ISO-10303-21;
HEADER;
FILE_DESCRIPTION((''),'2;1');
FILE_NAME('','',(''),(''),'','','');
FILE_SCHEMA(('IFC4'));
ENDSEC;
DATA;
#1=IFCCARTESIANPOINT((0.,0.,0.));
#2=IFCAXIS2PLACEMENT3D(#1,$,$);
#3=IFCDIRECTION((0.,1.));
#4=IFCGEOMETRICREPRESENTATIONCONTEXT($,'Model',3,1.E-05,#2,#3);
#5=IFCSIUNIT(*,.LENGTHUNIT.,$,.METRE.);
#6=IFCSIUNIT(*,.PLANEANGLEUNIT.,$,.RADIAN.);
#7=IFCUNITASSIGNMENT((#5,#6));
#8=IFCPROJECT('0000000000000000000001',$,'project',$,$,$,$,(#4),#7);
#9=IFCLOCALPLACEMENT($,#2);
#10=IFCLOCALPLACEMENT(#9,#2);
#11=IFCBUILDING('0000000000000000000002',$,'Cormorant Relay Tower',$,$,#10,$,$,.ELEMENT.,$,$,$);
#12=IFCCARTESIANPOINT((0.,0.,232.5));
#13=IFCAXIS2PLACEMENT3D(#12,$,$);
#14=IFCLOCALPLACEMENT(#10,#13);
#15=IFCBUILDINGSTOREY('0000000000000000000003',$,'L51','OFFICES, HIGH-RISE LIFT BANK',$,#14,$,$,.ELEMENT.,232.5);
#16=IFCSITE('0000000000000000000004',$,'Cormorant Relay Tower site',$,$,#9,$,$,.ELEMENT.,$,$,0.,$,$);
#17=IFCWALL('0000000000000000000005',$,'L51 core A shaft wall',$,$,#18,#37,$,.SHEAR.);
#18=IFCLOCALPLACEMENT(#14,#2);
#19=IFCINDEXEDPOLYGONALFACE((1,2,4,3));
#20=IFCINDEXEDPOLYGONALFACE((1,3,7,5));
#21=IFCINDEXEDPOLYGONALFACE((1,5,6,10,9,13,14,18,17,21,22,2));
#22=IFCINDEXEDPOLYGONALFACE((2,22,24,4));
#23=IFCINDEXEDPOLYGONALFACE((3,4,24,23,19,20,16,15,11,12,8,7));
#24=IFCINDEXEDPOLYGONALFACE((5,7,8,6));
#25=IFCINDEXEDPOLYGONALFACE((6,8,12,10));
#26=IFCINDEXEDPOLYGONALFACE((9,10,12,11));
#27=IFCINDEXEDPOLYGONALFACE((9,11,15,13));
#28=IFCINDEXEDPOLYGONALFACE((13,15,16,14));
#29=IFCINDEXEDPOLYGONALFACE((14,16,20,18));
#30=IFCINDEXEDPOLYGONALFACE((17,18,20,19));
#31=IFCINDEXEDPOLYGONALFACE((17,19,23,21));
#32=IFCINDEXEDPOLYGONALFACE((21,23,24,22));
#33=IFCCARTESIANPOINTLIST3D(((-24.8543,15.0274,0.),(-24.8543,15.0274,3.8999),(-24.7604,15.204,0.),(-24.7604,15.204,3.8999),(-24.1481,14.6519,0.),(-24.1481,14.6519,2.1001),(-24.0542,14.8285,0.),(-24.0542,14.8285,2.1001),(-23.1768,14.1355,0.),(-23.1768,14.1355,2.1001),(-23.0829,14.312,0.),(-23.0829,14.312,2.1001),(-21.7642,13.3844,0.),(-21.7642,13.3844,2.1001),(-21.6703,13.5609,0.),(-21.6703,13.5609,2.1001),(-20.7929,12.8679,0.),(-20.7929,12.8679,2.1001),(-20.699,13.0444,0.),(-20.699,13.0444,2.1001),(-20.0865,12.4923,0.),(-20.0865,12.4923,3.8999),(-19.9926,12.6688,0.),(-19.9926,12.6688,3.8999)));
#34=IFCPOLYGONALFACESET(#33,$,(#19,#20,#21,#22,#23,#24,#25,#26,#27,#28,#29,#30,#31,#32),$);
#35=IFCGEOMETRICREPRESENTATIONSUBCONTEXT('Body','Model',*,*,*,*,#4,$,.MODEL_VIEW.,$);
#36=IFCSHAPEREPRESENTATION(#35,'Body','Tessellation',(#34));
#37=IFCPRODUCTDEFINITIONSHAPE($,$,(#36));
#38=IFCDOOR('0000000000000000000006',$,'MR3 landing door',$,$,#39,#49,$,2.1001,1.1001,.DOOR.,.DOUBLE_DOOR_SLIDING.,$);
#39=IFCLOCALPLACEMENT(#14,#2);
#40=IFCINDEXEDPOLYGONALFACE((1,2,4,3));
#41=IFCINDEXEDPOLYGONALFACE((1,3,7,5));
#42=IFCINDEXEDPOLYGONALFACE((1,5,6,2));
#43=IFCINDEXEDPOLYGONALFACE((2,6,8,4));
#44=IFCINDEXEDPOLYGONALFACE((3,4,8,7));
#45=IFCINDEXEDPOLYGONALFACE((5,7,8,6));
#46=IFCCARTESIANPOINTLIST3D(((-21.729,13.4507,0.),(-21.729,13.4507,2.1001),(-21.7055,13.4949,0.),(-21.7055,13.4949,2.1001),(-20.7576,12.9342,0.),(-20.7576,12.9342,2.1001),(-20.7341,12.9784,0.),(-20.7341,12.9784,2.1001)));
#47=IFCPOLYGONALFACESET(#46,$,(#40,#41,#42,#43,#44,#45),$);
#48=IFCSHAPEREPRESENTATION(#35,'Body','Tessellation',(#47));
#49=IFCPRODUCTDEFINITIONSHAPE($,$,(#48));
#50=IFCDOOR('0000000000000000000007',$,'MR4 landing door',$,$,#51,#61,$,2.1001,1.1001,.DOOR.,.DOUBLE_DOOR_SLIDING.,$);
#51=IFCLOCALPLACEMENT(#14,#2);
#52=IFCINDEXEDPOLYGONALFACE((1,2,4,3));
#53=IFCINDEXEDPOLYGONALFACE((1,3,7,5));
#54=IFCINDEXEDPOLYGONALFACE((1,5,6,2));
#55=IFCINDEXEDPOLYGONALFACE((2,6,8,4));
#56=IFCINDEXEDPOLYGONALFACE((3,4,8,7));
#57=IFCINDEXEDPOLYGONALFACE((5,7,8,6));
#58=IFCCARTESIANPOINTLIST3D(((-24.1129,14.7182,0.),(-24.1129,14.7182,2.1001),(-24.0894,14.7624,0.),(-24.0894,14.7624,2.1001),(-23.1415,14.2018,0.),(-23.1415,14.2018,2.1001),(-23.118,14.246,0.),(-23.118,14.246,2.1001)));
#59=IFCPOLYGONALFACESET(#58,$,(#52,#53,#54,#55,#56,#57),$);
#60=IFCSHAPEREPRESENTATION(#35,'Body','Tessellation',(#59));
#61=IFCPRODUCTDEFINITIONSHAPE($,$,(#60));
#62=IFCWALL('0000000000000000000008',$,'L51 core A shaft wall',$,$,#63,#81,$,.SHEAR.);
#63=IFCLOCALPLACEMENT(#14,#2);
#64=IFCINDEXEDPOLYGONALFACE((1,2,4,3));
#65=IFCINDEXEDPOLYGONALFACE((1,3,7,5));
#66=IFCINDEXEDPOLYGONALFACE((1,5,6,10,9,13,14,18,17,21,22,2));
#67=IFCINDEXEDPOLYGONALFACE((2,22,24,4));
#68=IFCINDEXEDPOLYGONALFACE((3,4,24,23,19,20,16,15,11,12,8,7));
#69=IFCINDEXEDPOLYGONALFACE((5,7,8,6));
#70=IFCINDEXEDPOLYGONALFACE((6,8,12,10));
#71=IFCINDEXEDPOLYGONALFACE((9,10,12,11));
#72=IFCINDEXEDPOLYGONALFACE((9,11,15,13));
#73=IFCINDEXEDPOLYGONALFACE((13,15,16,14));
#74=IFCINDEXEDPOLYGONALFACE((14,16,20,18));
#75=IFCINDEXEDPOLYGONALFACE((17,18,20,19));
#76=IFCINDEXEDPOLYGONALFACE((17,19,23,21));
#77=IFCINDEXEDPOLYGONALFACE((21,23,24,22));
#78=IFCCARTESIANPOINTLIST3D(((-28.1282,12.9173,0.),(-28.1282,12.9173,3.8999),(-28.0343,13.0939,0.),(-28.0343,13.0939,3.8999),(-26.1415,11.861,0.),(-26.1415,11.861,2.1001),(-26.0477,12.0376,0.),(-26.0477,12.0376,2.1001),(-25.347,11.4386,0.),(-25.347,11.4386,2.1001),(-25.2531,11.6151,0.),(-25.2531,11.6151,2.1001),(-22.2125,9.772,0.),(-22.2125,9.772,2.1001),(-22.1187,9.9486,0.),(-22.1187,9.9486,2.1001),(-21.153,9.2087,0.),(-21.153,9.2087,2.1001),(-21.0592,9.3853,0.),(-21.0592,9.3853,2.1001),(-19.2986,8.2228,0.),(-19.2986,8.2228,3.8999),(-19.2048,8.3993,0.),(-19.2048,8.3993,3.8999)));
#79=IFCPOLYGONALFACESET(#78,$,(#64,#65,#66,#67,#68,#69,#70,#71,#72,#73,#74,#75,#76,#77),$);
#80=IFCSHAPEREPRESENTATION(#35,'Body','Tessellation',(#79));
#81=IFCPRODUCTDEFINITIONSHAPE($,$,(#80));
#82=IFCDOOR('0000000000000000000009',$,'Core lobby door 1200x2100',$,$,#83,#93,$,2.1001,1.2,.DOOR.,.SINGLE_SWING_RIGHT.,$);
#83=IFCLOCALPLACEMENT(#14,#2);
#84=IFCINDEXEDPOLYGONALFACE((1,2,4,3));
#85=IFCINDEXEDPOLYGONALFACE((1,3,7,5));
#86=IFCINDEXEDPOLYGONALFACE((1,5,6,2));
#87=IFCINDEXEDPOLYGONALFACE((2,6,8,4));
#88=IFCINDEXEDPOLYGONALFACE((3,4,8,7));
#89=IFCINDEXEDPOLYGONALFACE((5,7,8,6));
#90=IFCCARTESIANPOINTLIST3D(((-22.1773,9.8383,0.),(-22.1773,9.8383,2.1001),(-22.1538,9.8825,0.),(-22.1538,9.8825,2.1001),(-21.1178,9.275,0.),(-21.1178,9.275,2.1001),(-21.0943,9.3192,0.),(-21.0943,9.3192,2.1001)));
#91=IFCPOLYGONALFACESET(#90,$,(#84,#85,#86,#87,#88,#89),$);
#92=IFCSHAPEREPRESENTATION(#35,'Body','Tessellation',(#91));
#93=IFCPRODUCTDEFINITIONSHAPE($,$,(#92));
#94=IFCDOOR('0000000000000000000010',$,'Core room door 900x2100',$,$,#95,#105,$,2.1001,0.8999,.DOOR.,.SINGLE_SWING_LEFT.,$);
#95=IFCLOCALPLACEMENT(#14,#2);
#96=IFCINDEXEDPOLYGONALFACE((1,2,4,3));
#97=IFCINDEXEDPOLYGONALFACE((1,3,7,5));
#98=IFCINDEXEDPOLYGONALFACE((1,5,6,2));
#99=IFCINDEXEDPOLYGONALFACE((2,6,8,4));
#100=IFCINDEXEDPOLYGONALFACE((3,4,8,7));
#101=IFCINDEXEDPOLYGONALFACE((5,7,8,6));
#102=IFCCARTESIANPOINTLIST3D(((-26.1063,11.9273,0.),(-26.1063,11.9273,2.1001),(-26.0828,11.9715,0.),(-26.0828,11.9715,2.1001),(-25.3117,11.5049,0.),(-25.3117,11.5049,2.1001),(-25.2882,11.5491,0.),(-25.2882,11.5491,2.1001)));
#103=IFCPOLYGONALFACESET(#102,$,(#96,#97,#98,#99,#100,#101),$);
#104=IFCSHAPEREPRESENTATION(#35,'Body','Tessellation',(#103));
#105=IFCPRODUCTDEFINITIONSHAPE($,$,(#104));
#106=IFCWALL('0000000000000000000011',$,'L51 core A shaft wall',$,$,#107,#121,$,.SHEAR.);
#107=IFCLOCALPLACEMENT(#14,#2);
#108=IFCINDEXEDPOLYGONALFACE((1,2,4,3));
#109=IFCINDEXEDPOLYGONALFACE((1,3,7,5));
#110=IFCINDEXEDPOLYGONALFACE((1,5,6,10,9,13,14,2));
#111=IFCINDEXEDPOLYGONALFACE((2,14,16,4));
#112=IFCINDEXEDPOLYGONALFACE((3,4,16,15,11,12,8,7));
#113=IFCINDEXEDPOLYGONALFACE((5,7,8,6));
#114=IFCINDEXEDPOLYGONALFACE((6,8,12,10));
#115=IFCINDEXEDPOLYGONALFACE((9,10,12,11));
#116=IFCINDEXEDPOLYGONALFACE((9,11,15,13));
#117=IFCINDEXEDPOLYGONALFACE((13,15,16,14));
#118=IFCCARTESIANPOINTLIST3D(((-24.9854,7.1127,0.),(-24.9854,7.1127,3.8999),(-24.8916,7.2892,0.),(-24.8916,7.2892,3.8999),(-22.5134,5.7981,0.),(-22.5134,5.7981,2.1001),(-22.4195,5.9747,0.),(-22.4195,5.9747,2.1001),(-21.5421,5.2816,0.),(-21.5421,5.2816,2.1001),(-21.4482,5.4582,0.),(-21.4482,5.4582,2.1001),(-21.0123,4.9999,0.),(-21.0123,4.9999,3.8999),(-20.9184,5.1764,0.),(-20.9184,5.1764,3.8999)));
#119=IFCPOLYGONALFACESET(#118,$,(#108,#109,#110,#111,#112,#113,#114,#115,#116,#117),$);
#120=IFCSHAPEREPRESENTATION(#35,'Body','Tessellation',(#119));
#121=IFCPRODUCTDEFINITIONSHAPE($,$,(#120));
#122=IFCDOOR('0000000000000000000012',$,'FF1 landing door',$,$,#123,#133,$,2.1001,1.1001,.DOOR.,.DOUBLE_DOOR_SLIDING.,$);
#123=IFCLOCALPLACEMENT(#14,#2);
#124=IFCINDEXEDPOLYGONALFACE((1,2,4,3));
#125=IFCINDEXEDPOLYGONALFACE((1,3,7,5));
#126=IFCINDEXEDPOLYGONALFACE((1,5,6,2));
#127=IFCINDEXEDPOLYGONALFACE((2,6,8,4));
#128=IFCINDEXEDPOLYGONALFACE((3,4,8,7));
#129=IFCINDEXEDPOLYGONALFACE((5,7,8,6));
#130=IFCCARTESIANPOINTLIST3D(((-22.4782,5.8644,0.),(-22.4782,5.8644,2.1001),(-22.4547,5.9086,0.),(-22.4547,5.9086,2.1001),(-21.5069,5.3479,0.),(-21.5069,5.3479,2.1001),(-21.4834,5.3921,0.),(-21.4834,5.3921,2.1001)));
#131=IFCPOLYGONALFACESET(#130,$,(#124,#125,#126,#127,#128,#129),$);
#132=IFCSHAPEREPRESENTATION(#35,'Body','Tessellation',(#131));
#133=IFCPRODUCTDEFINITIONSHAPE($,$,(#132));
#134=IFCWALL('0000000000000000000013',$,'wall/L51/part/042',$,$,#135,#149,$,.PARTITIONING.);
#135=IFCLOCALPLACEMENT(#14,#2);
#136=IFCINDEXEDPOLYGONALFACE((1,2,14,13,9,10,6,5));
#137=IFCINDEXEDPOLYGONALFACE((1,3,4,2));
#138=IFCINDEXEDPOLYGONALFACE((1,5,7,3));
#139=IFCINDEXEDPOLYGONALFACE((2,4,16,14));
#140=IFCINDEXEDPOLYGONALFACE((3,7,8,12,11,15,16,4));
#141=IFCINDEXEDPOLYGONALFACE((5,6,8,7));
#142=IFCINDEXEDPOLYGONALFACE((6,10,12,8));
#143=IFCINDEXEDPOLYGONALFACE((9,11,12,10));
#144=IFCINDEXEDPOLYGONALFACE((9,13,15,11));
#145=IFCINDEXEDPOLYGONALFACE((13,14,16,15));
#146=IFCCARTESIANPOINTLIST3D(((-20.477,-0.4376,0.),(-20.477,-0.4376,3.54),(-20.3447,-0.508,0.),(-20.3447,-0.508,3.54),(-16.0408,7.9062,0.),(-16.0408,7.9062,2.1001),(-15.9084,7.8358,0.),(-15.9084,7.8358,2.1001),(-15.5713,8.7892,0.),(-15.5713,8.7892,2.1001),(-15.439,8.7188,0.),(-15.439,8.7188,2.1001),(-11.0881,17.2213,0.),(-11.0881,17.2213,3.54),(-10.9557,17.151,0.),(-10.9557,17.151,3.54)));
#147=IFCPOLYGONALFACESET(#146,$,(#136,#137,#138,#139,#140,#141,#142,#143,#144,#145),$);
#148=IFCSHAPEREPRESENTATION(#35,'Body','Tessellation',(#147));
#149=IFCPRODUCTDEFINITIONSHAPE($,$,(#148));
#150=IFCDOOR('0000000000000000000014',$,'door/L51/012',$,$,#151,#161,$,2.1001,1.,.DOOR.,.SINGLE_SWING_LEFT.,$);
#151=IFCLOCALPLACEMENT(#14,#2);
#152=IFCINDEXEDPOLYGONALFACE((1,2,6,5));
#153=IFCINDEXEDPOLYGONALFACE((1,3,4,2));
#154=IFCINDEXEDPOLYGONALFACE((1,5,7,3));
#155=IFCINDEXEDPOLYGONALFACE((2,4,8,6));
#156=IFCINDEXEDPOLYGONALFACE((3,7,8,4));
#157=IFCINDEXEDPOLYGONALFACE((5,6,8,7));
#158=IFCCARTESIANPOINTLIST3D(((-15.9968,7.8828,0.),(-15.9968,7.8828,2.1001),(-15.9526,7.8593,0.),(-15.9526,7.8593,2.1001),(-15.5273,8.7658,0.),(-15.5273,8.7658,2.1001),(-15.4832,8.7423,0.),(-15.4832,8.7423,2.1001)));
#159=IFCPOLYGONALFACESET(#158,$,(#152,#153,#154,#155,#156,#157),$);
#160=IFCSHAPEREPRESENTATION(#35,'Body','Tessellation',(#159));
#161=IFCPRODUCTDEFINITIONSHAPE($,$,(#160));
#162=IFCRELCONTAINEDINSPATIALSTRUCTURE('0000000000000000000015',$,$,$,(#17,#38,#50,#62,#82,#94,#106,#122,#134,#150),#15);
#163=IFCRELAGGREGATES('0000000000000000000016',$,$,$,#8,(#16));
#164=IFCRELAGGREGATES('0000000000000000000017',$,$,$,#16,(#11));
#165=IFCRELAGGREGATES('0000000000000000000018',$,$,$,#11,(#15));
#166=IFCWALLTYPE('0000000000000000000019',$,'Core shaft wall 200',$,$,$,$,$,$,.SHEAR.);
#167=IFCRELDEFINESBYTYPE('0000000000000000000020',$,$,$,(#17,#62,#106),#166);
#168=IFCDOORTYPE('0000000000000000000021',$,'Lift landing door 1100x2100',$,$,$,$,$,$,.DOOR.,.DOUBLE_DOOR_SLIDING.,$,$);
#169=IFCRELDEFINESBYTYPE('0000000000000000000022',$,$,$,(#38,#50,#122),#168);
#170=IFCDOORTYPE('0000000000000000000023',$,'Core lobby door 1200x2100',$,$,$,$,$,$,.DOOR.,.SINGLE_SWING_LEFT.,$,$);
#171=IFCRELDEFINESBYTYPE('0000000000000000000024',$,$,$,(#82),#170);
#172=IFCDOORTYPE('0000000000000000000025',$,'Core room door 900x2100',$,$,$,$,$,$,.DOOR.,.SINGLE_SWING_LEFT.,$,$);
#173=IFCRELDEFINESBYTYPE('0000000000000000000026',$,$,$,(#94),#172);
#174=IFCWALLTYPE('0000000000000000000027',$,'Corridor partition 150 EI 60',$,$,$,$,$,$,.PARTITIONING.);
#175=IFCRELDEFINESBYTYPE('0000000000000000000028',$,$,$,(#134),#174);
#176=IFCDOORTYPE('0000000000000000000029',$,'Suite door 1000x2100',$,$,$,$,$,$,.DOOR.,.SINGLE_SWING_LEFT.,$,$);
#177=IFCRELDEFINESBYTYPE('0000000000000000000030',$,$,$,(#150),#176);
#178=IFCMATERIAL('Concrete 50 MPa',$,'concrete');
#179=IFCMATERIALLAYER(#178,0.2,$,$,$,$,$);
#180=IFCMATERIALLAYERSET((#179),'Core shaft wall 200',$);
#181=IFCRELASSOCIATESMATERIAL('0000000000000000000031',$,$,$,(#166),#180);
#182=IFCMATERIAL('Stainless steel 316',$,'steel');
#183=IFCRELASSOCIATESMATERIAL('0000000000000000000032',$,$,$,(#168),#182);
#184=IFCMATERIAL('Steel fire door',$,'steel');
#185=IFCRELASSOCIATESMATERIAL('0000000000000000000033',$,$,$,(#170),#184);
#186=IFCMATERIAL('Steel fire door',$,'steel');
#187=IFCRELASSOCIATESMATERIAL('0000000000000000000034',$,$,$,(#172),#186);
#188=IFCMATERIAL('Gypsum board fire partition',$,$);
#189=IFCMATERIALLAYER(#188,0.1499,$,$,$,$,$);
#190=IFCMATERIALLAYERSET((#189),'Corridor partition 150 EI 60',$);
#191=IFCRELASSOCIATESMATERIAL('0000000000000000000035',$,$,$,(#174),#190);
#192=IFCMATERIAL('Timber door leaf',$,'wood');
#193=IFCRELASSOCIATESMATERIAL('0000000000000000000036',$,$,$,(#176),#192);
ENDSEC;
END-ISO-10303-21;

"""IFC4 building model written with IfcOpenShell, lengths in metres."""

from ifc_helpers import new_model, si_unit, direction, frame, frame_2d, origin, place, context, subcontext, project, spatial, rectangle, extrude, material, layer, layer_set, type_object, element, fill, save


model = new_model("IFC4")

# Units and contexts
model_context = context("Model", 3, precision=1e-05, world=origin(), true_north=direction((0.0, 1.0)))
body_context = subcontext(model_context, "Body", "Model", "MODEL_VIEW")
ifc_project = project(units=[si_unit("LENGTHUNIT", "METRE"), si_unit("PLANEANGLEUNIT", "RADIAN")], contexts=[model_context])

# Site, building, storey
site_placement = place(None, origin())
site = spatial("IfcSite", under=ifc_project, at=site_placement, Name="Cormorant Relay Tower site", CompositionType="ELEMENT", RefElevation=0.0)
building_placement = place(site_placement, origin())
building = spatial("IfcBuilding", under=site, at=building_placement, Name="Cormorant Relay Tower", CompositionType="ELEMENT")
storey_placement = place(building_placement, frame((0.0, 0.0, 232.5)))
storey = spatial("IfcBuildingStorey", under=building, at=storey_placement, Name="L51", Description="OFFICES, HIGH-RISE LIFT BANK", CompositionType="ELEMENT", Elevation=232.5)

# Shared definitions
ifc_material_1 = material(Name="Concrete 50 MPa", Category="concrete")
ifc_layer_1 = layer(ifc_material_1, 0.2)
ifc_layer_set_1 = layer_set([ifc_layer_1], Name="Core shaft wall 200")
wall_type_1 = type_object("IfcWallType", Name="Core shaft wall 200", PredefinedType="SHEAR", material=ifc_layer_set_1)

# Walls, openings, doors
wall_1_placement = place(storey_placement, frame((-20.0396, 12.5806, 0.0), z_axis=(0.0, 0.0, 1.0), x_axis=(-0.882943, 0.46948, 0.0)))
wall_1 = element("IfcWall", 1, at=wall_1_placement, inside=storey, type_object=wall_type_1, Name="L51 core A shaft wall", PredefinedType="SHEAR", context=body_context, shape_type="SweptSolid", body=[
    extrude(rectangle(XDim=5.3999, YDim=0.2, at=frame_2d((2.7, 0.0))), origin(), (0.0, 0.0, 1.0), 3.8999),
])
opening_1_placement = place(wall_1_placement, frame((0.8, 0.0, 0.0)))
opening_1 = element("IfcOpeningElement", 2, at=opening_1_placement, cuts=wall_1, PredefinedType="OPENING", context=body_context, shape_type="SweptSolid", body=[
    extrude(rectangle(XDim=1.1001, YDim=2.1001, at=frame_2d((0.55, 1.05))), frame((0.0, 0.1099, 0.0), z_axis=(0.0, -1.0, 0.0), x_axis=(1.0, 0.0, 0.0)), (0.0, 0.0, 1.0), 0.22),
])
opening_2_placement = place(wall_1_placement, frame((3.5, 0.0, 0.0)))
opening_2 = element("IfcOpeningElement", 3, at=opening_2_placement, cuts=wall_1, PredefinedType="OPENING", context=body_context, shape_type="SweptSolid", body=[
    extrude(rectangle(XDim=1.1001, YDim=2.1001, at=frame_2d((0.55, 1.05))), frame((0.0, 0.1099, 0.0), z_axis=(0.0, -1.0, 0.0), x_axis=(1.0, 0.0, 0.0)), (0.0, 0.0, 1.0), 0.22),
])
ifc_material_2 = material(Name="Stainless steel 316", Category="steel")
door_type_1 = type_object("IfcDoorType", Name="Lift landing door 1100x2100", OperationType="DOUBLE_DOOR_SLIDING", PredefinedType="DOOR", material=ifc_material_2)
door_1_placement = place(opening_1_placement, origin())
door_1 = element("IfcDoor", 4, at=door_1_placement, inside=storey, type_object=door_type_1, Name="MR3 landing door", OperationType="DOUBLE_DOOR_SLIDING", OverallHeight=2.1001, OverallWidth=1.1001, PredefinedType="DOOR", context=body_context, shape_type="SweptSolid", body=[
    extrude(rectangle(XDim=1.1001, YDim=2.1001, at=frame_2d((0.55, 1.05))), frame((0.0, 0.0249, 0.0), z_axis=(0.0, -1.0, 0.0), x_axis=(1.0, 0.0, 0.0)), (0.0, 0.0, 1.0), 0.05),
])
fill(opening_1, door_1)
door_2_placement = place(opening_2_placement, origin())
door_2 = element("IfcDoor", 5, at=door_2_placement, inside=storey, type_object=door_type_1, Name="MR4 landing door", OperationType="DOUBLE_DOOR_SLIDING", OverallHeight=2.1001, OverallWidth=1.1001, PredefinedType="DOOR", context=body_context, shape_type="SweptSolid", body=[
    extrude(rectangle(XDim=1.1001, YDim=2.1001, at=frame_2d((0.55, 1.05))), frame((0.0, 0.0249, 0.0), z_axis=(0.0, -1.0, 0.0), x_axis=(1.0, 0.0, 0.0)), (0.0, 0.0, 1.0), 0.05),
])
fill(opening_2, door_2)
wall_2_placement = place(storey_placement, frame((-19.2517, 8.311, 0.0), z_axis=(0.0, 0.0, 1.0), x_axis=(-0.882956, 0.469456, 0.0)))
wall_2 = element("IfcWall", 6, at=wall_2_placement, inside=storey, type_object=wall_type_1, Name="L51 core A shaft wall", PredefinedType="SHEAR", context=body_context, shape_type="SweptSolid", body=[
    extrude(rectangle(XDim=10.0, YDim=0.2, at=frame_2d((5.0, 0.0))), origin(), (0.0, 0.0, 1.0), 3.8999),
])
opening_3_placement = place(wall_2_placement, frame((2.1001, 0.0, 0.0)))
opening_3 = element("IfcOpeningElement", 7, at=opening_3_placement, cuts=wall_2, PredefinedType="OPENING", context=body_context, shape_type="SweptSolid", body=[
    extrude(rectangle(XDim=1.2, YDim=2.1001, at=frame_2d((0.6001, 1.05))), frame((0.0, 0.1099, 0.0), z_axis=(0.0, -1.0, 0.0), x_axis=(1.0, 0.0, 0.0)), (0.0, 0.0, 1.0), 0.22),
])
opening_4_placement = place(wall_2_placement, frame((6.8501, 0.0, 0.0)))
opening_4 = element("IfcOpeningElement", 8, at=opening_4_placement, cuts=wall_2, PredefinedType="OPENING", context=body_context, shape_type="SweptSolid", body=[
    extrude(rectangle(XDim=0.8999, YDim=2.1001, at=frame_2d((0.45, 1.05))), frame((0.0, 0.1099, 0.0), z_axis=(0.0, -1.0, 0.0), x_axis=(1.0, 0.0, 0.0)), (0.0, 0.0, 1.0), 0.22),
])
ifc_material_3 = material(Name="Steel fire door", Category="steel")
door_type_2 = type_object("IfcDoorType", Name="Core lobby door 1200x2100", OperationType="SINGLE_SWING_LEFT", PredefinedType="DOOR", material=ifc_material_3)
door_3_placement = place(opening_3_placement, origin())
door_3 = element("IfcDoor", 9, at=door_3_placement, inside=storey, type_object=door_type_2, Name="Core lobby door 1200x2100", OperationType="SINGLE_SWING_RIGHT", OverallHeight=2.1001, OverallWidth=1.2, PredefinedType="DOOR", context=body_context, shape_type="SweptSolid", body=[
    extrude(rectangle(XDim=1.2, YDim=2.1001, at=frame_2d((0.6001, 1.05))), frame((0.0, 0.0249, 0.0), z_axis=(0.0, -1.0, 0.0), x_axis=(1.0, 0.0, 0.0)), (0.0, 0.0, 1.0), 0.05),
])
fill(opening_3, door_3)
ifc_material_4 = material(Name="Steel fire door", Category="steel")
door_type_3 = type_object("IfcDoorType", Name="Core room door 900x2100", OperationType="SINGLE_SWING_LEFT", PredefinedType="DOOR", material=ifc_material_4)
door_4_placement = place(opening_4_placement, origin())
door_4 = element("IfcDoor", 10, at=door_4_placement, inside=storey, type_object=door_type_3, Name="Core room door 900x2100", OperationType="SINGLE_SWING_LEFT", OverallHeight=2.1001, OverallWidth=0.8999, PredefinedType="DOOR", context=body_context, shape_type="SweptSolid", body=[
    extrude(rectangle(XDim=0.8999, YDim=2.1001, at=frame_2d((0.45, 1.05))), frame((0.0, 0.0249, 0.0), z_axis=(0.0, -1.0, 0.0), x_axis=(1.0, 0.0, 0.0)), (0.0, 0.0, 1.0), 0.05),
])
fill(opening_4, door_4)

# Walls, openings, doors
wall_3_placement = place(storey_placement, frame((-20.9653, 5.0881, 0.0), z_axis=(0.0, 0.0, 1.0), x_axis=(-0.882926, 0.469512, 0.0)))
wall_3 = element("IfcWall", 11, at=wall_3_placement, inside=storey, type_object=wall_type_1, Name="L51 core A shaft wall", PredefinedType="SHEAR", context=body_context, shape_type="SweptSolid", body=[
    extrude(rectangle(XDim=4.5, YDim=0.2, at=frame_2d((2.25, 0.0))), origin(), (0.0, 0.0, 1.0), 3.8999),
])
opening_5_placement = place(wall_3_placement, frame((0.6001, 0.0, 0.0)))
opening_5 = element("IfcOpeningElement", 12, at=opening_5_placement, cuts=wall_3, PredefinedType="OPENING", context=body_context, shape_type="SweptSolid", body=[
    extrude(rectangle(XDim=1.1001, YDim=2.1001, at=frame_2d((0.55, 1.05))), frame((0.0, 0.1099, 0.0), z_axis=(0.0, -1.0, 0.0), x_axis=(1.0, 0.0, 0.0)), (0.0, 0.0, 1.0), 0.22),
])
door_5_placement = place(opening_5_placement, origin())
door_5 = element("IfcDoor", 13, at=door_5_placement, inside=storey, type_object=door_type_1, Name="FF1 landing door", OperationType="DOUBLE_DOOR_SLIDING", OverallHeight=2.1001, OverallWidth=1.1001, PredefinedType="DOOR", context=body_context, shape_type="SweptSolid", body=[
    extrude(rectangle(XDim=1.1001, YDim=2.1001, at=frame_2d((0.55, 1.05))), frame((0.0, 0.0249, 0.0), z_axis=(0.0, -1.0, 0.0), x_axis=(1.0, 0.0, 0.0)), (0.0, 0.0, 1.0), 0.05),
])
fill(opening_5, door_5)
ifc_material_5 = material(Name="Gypsum board fire partition")
ifc_layer_2 = layer(ifc_material_5, 0.1499)
ifc_layer_set_2 = layer_set([ifc_layer_2], Name="Corridor partition 150 EI 60")
wall_type_2 = type_object("IfcWallType", Name="Corridor partition 150 EI 60", PredefinedType="PARTITIONING", material=ifc_layer_set_2)
wall_4_placement = place(storey_placement, frame((-20.4109, -0.4729, 0.0), z_axis=(0.0, 0.0, 1.0), x_axis=(0.469452, 0.882958, 0.0)))
wall_4 = element("IfcWall", 14, at=wall_4_placement, inside=storey, type_object=wall_type_2, Name="wall/L51/part/042", PredefinedType="PARTITIONING", context=body_context, shape_type="SweptSolid", body=[
    extrude(rectangle(XDim=19.9998, YDim=0.1499, at=frame_2d((10.0, 0.0))), origin(), (0.0, 0.0, 1.0), 3.54),
])
opening_6_placement = place(wall_4_placement, frame((9.45, 0.0, 0.0)))
opening_6 = element("IfcOpeningElement", 15, at=opening_6_placement, cuts=wall_4, PredefinedType="OPENING", context=body_context, shape_type="SweptSolid", body=[
    extrude(rectangle(XDim=1.0, YDim=2.1001, at=frame_2d((0.5, 1.05))), frame((0.0, 0.085, 0.0), z_axis=(0.0, -1.0, 0.0), x_axis=(1.0, 0.0, 0.0)), (0.0, 0.0, 1.0), 0.1699),
])
ifc_material_6 = material(Name="Timber door leaf", Category="wood")
door_type_4 = type_object("IfcDoorType", Name="Suite door 1000x2100", OperationType="SINGLE_SWING_LEFT", PredefinedType="DOOR", material=ifc_material_6)
door_6_placement = place(opening_6_placement, frame((1.0, 0.0, 0.0), z_axis=(0.0, 0.0, 1.0), x_axis=(-1.0, 0.0, 0.0)))
door_6 = element("IfcDoor", 16, at=door_6_placement, inside=storey, type_object=door_type_4, Name="door/L51/012", OperationType="SINGLE_SWING_LEFT", OverallHeight=2.1001, OverallWidth=1.0, PredefinedType="DOOR", context=body_context, shape_type="SweptSolid", body=[
    extrude(rectangle(XDim=1.0, YDim=2.1001, at=frame_2d((0.5, 1.05))), frame((0.0, 0.0249, 0.0), z_axis=(0.0, -1.0, 0.0), x_axis=(1.0, 0.0, 0.0)), (0.0, 0.0, 1.0), 0.05),
])
fill(opening_6, door_6)

save(model, "model.ifc")
